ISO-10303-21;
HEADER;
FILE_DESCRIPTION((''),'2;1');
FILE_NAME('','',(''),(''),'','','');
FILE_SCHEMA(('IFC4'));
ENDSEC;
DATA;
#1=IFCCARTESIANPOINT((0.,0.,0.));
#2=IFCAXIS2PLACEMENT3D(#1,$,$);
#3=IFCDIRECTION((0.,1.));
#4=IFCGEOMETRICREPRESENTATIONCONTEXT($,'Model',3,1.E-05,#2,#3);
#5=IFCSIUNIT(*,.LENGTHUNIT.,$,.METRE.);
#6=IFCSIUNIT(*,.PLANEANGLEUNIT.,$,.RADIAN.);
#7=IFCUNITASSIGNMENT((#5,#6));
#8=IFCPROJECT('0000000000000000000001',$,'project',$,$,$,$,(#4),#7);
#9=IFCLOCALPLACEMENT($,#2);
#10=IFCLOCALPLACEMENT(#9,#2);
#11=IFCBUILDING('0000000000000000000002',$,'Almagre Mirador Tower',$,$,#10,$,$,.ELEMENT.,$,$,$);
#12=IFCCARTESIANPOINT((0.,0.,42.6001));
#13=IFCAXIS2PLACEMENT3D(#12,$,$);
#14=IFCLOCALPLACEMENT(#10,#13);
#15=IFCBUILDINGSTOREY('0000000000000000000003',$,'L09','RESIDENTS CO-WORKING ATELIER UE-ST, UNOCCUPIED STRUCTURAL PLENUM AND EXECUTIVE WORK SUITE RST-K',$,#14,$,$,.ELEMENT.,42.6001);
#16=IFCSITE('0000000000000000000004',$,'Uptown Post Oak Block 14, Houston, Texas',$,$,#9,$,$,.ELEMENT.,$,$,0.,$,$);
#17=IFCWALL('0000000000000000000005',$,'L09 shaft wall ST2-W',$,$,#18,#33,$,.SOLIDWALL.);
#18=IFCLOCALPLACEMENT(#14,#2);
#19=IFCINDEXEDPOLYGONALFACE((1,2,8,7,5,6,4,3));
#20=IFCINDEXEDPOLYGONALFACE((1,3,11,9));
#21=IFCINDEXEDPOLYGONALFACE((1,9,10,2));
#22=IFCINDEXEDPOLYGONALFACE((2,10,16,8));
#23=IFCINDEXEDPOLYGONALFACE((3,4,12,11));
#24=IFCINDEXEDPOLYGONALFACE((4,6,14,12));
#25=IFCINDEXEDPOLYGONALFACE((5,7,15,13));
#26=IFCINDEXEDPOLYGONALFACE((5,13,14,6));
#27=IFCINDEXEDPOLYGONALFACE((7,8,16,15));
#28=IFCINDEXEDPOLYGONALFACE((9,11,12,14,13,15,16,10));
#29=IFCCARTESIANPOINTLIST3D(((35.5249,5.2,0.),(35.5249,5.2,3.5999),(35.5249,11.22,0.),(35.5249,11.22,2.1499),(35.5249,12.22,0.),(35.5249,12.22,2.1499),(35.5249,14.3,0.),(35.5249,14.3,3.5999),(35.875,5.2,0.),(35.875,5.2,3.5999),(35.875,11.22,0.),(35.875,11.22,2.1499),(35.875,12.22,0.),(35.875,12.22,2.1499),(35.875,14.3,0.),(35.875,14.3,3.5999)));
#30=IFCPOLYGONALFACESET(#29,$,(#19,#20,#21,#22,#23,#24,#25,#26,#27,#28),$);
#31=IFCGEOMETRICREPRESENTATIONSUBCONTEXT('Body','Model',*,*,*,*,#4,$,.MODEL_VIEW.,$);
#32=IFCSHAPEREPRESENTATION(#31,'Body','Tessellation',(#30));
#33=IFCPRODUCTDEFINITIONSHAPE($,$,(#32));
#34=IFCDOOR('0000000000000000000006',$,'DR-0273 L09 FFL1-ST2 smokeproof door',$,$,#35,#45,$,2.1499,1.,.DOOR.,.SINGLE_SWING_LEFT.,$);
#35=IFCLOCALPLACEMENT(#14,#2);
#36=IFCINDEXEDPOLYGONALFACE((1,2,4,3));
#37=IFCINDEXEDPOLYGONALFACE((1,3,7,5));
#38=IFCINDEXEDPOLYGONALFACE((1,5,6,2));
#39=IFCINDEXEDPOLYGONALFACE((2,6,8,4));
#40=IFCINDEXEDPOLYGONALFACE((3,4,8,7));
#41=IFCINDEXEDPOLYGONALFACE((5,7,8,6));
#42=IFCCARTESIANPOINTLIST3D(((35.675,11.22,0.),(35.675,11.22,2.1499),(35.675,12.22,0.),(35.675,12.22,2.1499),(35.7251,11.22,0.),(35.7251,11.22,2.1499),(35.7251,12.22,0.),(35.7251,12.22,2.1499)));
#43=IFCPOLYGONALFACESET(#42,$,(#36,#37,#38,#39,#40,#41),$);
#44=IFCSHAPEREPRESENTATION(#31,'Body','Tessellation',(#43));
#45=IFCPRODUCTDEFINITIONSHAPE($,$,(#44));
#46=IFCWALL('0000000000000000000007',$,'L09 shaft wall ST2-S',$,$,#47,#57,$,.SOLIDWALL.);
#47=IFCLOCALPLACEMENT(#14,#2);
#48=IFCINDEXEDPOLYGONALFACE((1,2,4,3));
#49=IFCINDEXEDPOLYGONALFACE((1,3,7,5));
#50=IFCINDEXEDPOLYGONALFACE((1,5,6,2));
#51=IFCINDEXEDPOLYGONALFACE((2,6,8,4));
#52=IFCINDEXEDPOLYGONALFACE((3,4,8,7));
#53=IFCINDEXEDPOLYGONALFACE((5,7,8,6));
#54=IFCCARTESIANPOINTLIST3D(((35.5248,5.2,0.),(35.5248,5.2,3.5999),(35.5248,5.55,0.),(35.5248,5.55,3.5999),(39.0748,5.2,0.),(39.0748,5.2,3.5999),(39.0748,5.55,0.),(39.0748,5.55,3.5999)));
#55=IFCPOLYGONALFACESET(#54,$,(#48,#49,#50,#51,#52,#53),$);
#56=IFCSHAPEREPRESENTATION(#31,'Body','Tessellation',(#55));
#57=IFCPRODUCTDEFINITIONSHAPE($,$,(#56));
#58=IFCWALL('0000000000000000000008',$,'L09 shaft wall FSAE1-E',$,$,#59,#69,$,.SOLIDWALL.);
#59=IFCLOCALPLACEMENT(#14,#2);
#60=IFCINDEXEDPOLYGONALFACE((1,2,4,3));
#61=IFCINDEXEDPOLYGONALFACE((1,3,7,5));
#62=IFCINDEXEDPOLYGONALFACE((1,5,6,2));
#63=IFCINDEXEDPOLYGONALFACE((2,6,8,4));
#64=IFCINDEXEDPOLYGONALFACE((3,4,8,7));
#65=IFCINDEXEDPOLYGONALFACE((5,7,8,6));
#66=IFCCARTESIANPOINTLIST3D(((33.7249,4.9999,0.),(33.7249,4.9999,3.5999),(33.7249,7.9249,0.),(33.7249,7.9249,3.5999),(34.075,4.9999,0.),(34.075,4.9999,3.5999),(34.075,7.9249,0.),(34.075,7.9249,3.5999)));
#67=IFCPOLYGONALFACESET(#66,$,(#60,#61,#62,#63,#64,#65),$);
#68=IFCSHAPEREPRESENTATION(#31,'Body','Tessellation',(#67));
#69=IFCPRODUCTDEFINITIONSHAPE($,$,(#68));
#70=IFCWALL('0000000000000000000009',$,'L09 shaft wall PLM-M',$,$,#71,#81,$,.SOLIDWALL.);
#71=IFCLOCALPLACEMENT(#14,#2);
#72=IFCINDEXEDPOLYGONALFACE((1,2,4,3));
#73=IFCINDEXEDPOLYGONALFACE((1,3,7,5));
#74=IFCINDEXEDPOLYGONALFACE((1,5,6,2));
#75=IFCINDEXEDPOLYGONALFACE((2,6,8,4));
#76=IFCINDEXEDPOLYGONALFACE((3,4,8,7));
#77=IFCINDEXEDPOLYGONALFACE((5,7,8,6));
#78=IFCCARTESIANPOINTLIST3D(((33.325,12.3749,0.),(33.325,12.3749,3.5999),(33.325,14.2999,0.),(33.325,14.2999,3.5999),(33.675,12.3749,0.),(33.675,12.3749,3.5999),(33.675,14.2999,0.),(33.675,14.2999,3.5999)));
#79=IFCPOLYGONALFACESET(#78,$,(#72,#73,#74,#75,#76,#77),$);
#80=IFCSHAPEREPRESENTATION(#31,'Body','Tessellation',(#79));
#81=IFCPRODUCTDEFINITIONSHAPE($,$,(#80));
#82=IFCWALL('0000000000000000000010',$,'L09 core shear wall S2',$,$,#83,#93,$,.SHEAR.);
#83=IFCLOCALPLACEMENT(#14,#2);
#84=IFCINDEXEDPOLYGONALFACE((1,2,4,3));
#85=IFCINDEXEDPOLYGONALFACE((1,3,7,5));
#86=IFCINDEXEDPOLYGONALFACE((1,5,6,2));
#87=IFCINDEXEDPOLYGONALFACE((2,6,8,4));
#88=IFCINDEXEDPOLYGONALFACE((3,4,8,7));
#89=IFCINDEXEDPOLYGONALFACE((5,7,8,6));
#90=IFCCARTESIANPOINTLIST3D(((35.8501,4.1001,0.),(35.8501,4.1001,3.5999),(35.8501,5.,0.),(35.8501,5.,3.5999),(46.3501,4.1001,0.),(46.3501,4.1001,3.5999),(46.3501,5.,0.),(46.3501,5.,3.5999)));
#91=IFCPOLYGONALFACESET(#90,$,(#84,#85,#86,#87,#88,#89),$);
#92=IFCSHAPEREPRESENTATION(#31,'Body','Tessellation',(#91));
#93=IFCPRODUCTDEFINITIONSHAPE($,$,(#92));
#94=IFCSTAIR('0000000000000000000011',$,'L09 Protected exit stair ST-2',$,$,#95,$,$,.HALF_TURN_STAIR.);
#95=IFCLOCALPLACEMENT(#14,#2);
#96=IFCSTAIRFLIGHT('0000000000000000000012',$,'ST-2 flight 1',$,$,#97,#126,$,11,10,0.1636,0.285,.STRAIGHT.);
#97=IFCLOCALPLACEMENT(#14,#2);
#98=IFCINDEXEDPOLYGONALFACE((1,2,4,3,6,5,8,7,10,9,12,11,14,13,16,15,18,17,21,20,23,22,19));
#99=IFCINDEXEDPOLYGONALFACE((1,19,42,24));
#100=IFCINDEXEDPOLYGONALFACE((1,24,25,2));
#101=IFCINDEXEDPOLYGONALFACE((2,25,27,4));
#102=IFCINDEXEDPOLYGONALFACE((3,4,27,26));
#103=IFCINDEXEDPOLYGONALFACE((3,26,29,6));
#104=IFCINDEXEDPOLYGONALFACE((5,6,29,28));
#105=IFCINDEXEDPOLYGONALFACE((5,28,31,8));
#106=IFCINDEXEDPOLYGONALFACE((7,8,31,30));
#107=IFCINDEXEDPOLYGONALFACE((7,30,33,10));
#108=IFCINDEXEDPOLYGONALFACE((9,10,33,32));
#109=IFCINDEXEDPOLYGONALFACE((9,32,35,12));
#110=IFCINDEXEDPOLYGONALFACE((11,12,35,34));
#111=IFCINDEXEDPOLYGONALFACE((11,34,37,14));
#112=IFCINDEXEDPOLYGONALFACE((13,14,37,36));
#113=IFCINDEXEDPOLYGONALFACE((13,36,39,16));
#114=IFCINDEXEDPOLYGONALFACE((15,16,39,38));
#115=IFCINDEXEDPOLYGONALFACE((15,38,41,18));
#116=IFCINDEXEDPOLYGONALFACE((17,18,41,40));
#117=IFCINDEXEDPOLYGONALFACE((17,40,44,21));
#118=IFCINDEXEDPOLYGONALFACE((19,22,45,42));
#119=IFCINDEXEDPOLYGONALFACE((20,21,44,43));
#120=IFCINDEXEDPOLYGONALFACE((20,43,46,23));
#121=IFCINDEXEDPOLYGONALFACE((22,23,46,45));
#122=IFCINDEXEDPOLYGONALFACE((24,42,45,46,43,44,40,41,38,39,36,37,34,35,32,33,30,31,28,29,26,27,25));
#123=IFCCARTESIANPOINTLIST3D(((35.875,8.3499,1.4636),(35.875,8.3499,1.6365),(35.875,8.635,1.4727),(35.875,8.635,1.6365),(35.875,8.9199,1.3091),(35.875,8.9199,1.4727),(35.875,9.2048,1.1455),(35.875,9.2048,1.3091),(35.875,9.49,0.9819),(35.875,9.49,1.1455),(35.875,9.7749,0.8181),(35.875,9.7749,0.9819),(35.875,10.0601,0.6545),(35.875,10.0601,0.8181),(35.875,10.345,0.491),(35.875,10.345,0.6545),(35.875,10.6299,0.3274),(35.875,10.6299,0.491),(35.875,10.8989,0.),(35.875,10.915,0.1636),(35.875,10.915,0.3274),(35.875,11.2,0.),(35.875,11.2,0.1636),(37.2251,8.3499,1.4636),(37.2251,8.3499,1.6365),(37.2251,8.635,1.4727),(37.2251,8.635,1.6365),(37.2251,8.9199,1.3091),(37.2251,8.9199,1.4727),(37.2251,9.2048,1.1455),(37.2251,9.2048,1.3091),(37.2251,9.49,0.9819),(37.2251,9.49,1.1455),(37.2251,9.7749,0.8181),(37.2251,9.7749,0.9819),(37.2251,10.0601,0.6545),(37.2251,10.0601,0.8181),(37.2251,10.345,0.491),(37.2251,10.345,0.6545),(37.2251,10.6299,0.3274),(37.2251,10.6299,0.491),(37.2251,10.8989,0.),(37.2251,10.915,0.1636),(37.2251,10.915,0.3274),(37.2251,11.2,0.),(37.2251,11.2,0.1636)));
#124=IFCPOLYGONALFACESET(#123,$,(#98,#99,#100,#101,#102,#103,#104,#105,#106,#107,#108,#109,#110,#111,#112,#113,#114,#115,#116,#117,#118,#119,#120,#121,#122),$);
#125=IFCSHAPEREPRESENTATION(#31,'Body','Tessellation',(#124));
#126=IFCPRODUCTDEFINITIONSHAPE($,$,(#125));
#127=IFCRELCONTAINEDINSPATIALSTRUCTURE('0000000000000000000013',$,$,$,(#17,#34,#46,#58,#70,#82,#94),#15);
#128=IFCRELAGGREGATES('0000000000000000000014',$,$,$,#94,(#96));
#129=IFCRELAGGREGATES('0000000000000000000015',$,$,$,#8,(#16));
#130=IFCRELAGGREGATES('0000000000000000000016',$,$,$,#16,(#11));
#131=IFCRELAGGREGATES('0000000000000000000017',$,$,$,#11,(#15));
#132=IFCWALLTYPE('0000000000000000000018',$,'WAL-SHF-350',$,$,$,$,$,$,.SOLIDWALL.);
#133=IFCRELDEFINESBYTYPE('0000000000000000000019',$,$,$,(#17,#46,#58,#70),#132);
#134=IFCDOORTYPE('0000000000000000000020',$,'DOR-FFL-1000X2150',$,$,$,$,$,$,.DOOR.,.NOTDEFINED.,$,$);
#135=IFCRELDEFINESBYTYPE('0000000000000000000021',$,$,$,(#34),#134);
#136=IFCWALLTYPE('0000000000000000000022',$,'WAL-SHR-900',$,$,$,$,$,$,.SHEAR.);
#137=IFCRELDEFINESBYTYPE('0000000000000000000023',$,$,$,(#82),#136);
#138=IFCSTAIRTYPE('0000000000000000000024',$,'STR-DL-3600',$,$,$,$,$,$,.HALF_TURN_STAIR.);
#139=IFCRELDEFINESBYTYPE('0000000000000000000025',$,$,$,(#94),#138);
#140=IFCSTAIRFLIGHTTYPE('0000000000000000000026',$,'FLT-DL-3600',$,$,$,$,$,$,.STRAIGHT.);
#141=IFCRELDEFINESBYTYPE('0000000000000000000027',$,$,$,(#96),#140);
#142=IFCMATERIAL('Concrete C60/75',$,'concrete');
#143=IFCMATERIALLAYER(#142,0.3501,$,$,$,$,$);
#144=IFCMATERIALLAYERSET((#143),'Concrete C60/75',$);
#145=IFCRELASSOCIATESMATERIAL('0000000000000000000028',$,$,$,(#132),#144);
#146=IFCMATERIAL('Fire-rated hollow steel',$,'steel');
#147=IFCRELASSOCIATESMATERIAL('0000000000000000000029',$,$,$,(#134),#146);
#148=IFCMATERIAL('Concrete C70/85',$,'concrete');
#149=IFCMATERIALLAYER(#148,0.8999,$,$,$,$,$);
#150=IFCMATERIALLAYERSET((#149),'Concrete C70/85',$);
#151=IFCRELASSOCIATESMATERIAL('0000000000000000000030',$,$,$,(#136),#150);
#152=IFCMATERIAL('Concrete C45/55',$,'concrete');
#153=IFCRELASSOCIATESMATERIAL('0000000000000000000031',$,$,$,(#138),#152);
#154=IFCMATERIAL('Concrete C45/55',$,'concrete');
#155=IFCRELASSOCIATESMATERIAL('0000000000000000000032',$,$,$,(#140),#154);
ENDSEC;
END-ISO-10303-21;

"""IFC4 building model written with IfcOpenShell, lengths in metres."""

from ifc_helpers import new_model, si_unit, direction, frame, frame_2d, origin, place, context, subcontext, project, spatial, polyline, rectangle, outline, extrude, material, layer, layer_set, type_object, element, fill, aggregate, save


model = new_model("IFC4")

# Units and contexts
model_context = context("Model", 3, precision=1e-05, world=origin(), true_north=direction((0.0, 1.0)))
body_context = subcontext(model_context, "Body", "Model", "MODEL_VIEW")
ifc_project = project(units=[si_unit("LENGTHUNIT", "METRE"), si_unit("PLANEANGLEUNIT", "RADIAN")], contexts=[model_context])

# Site, building, storey
site_placement = place(None, origin())
site = spatial("IfcSite", under=ifc_project, at=site_placement, Name="Uptown Post Oak Block 14, Houston, Texas", CompositionType="ELEMENT", RefElevation=0.0)
building_placement = place(site_placement, origin())
building = spatial("IfcBuilding", under=site, at=building_placement, Name="Almagre Mirador Tower", CompositionType="ELEMENT")
storey_placement = place(building_placement, frame((0.0, 0.0, 42.6001)))
storey = spatial("IfcBuildingStorey", under=building, at=storey_placement, Name="L09", Description="RESIDENTS CO-WORKING ATELIER UE-ST, UNOCCUPIED STRUCTURAL PLENUM AND EXECUTIVE WORK SUITE RST-K", CompositionType="ELEMENT", Elevation=42.6001)

# Wall, opening, door
ifc_material_1 = material(Name="Concrete C60/75", Category="concrete")
ifc_layer_1 = layer(ifc_material_1, 0.3501)
ifc_layer_set_1 = layer_set([ifc_layer_1], Name="Concrete C60/75")
wall_type_1 = type_object("IfcWallType", Name="WAL-SHF-350", PredefinedType="SOLIDWALL", material=ifc_layer_set_1)
wall_1_placement = place(storey_placement, frame((35.7, 5.2, 0.0), z_axis=(0.0, 0.0, 1.0), x_axis=(0.0, 1.0, 0.0)))
wall_1 = element("IfcWall", 1, at=wall_1_placement, inside=storey, type_object=wall_type_1, Name="L09 shaft wall ST2-W", PredefinedType="SOLIDWALL", context=body_context, shape_type="SweptSolid", body=[
    extrude(rectangle(XDim=9.1001, YDim=0.3501, at=frame_2d((4.55, 0.0))), origin(), (0.0, 0.0, 1.0), 3.5999),
])
opening_1_placement = place(wall_1_placement, frame((6.02, 0.0, 0.0)))
opening_1 = element("IfcOpeningElement", 2, at=opening_1_placement, cuts=wall_1, PredefinedType="OPENING", context=body_context, shape_type="SweptSolid", body=[
    extrude(rectangle(XDim=1.0, YDim=2.1499, at=frame_2d((0.5, 1.075))), frame((0.0, 0.185, 0.0), z_axis=(0.0, -1.0, 0.0), x_axis=(1.0, 0.0, 0.0)), (0.0, 0.0, 1.0), 0.3701),
])
ifc_material_2 = material(Name="Fire-rated hollow steel", Category="steel")
door_type_1 = type_object("IfcDoorType", Name="DOR-FFL-1000X2150", OperationType="NOTDEFINED", PredefinedType="DOOR", material=ifc_material_2)
door_1_placement = place(opening_1_placement, origin())
door_1 = element("IfcDoor", 3, at=door_1_placement, inside=storey, type_object=door_type_1, Name="DR-0273 L09 FFL1-ST2 smokeproof door", OperationType="SINGLE_SWING_LEFT", OverallHeight=2.1499, OverallWidth=1.0, PredefinedType="DOOR", context=body_context, shape_type="SweptSolid", body=[
    extrude(rectangle(XDim=1.0, YDim=2.1499, at=frame_2d((0.5, 1.075))), frame((0.0, 0.0249, 0.0), z_axis=(0.0, -1.0, 0.0), x_axis=(1.0, 0.0, 0.0)), (0.0, 0.0, 1.0), 0.05),
])
fill(opening_1, door_1)

# Walls
wall_2_placement = place(storey_placement, frame((35.5249, 5.375, 0.0), z_axis=(0.0, 0.0, 1.0), x_axis=(1.0, 0.0, 0.0)))
element("IfcWall", 4, at=wall_2_placement, inside=storey, type_object=wall_type_1, Name="L09 shaft wall ST2-S", PredefinedType="SOLIDWALL", context=body_context, shape_type="SweptSolid", body=[
    extrude(rectangle(XDim=3.55, YDim=0.3501, at=frame_2d((1.7749, 0.0))), origin(), (0.0, 0.0, 1.0), 3.5999),
])
wall_3_placement = place(storey_placement, frame((33.8999, 5.0, 0.0), z_axis=(0.0, 0.0, 1.0), x_axis=(0.0, 1.0, 0.0)))
element("IfcWall", 5, at=wall_3_placement, inside=storey, type_object=wall_type_1, Name="L09 shaft wall FSAE1-E", PredefinedType="SOLIDWALL", context=body_context, shape_type="SweptSolid", body=[
    extrude(rectangle(XDim=2.925, YDim=0.3501, at=frame_2d((1.4624, 0.0))), origin(), (0.0, 0.0, 1.0), 3.5999),
])
wall_4_placement = place(storey_placement, frame((33.5, 12.375, 0.0), z_axis=(0.0, 0.0, 1.0), x_axis=(0.0, 1.0, 0.0)))
element("IfcWall", 6, at=wall_4_placement, inside=storey, type_object=wall_type_1, Name="L09 shaft wall PLM-M", PredefinedType="SOLIDWALL", context=body_context, shape_type="SweptSolid", body=[
    extrude(rectangle(XDim=1.925, YDim=0.3501, at=frame_2d((0.9624, 0.0))), origin(), (0.0, 0.0, 1.0), 3.5999),
])
ifc_material_3 = material(Name="Concrete C70/85", Category="concrete")
ifc_layer_2 = layer(ifc_material_3, 0.8999)
ifc_layer_set_2 = layer_set([ifc_layer_2], Name="Concrete C70/85")
wall_type_2 = type_object("IfcWallType", Name="WAL-SHR-900", PredefinedType="SHEAR", material=ifc_layer_set_2)
wall_5_placement = place(storey_placement, frame((35.8501, 4.55, 0.0), z_axis=(0.0, 0.0, 1.0), x_axis=(1.0, 0.0, 0.0)))
element("IfcWall", 7, at=wall_5_placement, inside=storey, type_object=wall_type_2, Name="L09 core shear wall S2", PredefinedType="SHEAR", context=body_context, shape_type="SweptSolid", body=[
    extrude(rectangle(XDim=10.5, YDim=0.8999, at=frame_2d((5.25, 0.0))), origin(), (0.0, 0.0, 1.0), 3.5999),
])

# Stair, stair flight
ifc_material_4 = material(Name="Concrete C45/55", Category="concrete")
stair_type = type_object("IfcStairType", Name="STR-DL-3600", PredefinedType="HALF_TURN_STAIR", material=ifc_material_4)
stair_placement = place(storey_placement, origin())
stair = element("IfcStair", 8, at=stair_placement, inside=storey, type_object=stair_type, Name="L09 Protected exit stair ST-2", PredefinedType="HALF_TURN_STAIR")
ifc_material_5 = material(Name="Concrete C45/55", Category="concrete")
stair_flight_type = type_object("IfcStairFlightType", Name="FLT-DL-3600", PredefinedType="STRAIGHT", material=ifc_material_5)
stair_flight_placement = place(storey_placement, frame((36.55, 11.2, 0.0), z_axis=(0.0, 0.0, 1.0), x_axis=(0.0, -1.0, 0.0)))
stair_flight = element("IfcStairFlight", 9, at=stair_flight_placement, type_object=stair_flight_type, Name="ST-2 flight 1", NumberOfRisers=11, NumberOfTreads=10, PredefinedType="STRAIGHT", RiserHeight=0.1636, TreadLength=0.285, context=body_context, shape_type="SweptSolid", body=[
    extrude(outline(polyline([(0.0, 0.0), (0.0, 0.1636), (0.2849, 0.1636), (0.2849, 0.3274), (0.5701, 0.3274), (0.5701, 0.491), (0.855, 0.491), (0.855, 0.6545), (1.1399, 0.6545), (1.1399, 0.8181), (1.425, 0.8181), (1.425, 0.9819), (1.71, 0.9819), (1.71, 1.1455), (1.9951, 1.1455), (1.9951, 1.3091), (2.28, 1.3091), (2.28, 1.4727), (2.5649, 1.4727), (2.5649, 1.6365), (2.8501, 1.6365), (2.8501, 1.8), (2.8501, 1.4636), (0.301, 0.0), (0.0, 0.0)])), frame((0.0, 0.675, 0.0), z_axis=(0.0, -1.0, 0.0), x_axis=(1.0, 0.0, 0.0)), (0.0, 0.0, 1.0), 1.3501),
])
aggregate(stair, [stair_flight])

save(model, "model.ifc")
